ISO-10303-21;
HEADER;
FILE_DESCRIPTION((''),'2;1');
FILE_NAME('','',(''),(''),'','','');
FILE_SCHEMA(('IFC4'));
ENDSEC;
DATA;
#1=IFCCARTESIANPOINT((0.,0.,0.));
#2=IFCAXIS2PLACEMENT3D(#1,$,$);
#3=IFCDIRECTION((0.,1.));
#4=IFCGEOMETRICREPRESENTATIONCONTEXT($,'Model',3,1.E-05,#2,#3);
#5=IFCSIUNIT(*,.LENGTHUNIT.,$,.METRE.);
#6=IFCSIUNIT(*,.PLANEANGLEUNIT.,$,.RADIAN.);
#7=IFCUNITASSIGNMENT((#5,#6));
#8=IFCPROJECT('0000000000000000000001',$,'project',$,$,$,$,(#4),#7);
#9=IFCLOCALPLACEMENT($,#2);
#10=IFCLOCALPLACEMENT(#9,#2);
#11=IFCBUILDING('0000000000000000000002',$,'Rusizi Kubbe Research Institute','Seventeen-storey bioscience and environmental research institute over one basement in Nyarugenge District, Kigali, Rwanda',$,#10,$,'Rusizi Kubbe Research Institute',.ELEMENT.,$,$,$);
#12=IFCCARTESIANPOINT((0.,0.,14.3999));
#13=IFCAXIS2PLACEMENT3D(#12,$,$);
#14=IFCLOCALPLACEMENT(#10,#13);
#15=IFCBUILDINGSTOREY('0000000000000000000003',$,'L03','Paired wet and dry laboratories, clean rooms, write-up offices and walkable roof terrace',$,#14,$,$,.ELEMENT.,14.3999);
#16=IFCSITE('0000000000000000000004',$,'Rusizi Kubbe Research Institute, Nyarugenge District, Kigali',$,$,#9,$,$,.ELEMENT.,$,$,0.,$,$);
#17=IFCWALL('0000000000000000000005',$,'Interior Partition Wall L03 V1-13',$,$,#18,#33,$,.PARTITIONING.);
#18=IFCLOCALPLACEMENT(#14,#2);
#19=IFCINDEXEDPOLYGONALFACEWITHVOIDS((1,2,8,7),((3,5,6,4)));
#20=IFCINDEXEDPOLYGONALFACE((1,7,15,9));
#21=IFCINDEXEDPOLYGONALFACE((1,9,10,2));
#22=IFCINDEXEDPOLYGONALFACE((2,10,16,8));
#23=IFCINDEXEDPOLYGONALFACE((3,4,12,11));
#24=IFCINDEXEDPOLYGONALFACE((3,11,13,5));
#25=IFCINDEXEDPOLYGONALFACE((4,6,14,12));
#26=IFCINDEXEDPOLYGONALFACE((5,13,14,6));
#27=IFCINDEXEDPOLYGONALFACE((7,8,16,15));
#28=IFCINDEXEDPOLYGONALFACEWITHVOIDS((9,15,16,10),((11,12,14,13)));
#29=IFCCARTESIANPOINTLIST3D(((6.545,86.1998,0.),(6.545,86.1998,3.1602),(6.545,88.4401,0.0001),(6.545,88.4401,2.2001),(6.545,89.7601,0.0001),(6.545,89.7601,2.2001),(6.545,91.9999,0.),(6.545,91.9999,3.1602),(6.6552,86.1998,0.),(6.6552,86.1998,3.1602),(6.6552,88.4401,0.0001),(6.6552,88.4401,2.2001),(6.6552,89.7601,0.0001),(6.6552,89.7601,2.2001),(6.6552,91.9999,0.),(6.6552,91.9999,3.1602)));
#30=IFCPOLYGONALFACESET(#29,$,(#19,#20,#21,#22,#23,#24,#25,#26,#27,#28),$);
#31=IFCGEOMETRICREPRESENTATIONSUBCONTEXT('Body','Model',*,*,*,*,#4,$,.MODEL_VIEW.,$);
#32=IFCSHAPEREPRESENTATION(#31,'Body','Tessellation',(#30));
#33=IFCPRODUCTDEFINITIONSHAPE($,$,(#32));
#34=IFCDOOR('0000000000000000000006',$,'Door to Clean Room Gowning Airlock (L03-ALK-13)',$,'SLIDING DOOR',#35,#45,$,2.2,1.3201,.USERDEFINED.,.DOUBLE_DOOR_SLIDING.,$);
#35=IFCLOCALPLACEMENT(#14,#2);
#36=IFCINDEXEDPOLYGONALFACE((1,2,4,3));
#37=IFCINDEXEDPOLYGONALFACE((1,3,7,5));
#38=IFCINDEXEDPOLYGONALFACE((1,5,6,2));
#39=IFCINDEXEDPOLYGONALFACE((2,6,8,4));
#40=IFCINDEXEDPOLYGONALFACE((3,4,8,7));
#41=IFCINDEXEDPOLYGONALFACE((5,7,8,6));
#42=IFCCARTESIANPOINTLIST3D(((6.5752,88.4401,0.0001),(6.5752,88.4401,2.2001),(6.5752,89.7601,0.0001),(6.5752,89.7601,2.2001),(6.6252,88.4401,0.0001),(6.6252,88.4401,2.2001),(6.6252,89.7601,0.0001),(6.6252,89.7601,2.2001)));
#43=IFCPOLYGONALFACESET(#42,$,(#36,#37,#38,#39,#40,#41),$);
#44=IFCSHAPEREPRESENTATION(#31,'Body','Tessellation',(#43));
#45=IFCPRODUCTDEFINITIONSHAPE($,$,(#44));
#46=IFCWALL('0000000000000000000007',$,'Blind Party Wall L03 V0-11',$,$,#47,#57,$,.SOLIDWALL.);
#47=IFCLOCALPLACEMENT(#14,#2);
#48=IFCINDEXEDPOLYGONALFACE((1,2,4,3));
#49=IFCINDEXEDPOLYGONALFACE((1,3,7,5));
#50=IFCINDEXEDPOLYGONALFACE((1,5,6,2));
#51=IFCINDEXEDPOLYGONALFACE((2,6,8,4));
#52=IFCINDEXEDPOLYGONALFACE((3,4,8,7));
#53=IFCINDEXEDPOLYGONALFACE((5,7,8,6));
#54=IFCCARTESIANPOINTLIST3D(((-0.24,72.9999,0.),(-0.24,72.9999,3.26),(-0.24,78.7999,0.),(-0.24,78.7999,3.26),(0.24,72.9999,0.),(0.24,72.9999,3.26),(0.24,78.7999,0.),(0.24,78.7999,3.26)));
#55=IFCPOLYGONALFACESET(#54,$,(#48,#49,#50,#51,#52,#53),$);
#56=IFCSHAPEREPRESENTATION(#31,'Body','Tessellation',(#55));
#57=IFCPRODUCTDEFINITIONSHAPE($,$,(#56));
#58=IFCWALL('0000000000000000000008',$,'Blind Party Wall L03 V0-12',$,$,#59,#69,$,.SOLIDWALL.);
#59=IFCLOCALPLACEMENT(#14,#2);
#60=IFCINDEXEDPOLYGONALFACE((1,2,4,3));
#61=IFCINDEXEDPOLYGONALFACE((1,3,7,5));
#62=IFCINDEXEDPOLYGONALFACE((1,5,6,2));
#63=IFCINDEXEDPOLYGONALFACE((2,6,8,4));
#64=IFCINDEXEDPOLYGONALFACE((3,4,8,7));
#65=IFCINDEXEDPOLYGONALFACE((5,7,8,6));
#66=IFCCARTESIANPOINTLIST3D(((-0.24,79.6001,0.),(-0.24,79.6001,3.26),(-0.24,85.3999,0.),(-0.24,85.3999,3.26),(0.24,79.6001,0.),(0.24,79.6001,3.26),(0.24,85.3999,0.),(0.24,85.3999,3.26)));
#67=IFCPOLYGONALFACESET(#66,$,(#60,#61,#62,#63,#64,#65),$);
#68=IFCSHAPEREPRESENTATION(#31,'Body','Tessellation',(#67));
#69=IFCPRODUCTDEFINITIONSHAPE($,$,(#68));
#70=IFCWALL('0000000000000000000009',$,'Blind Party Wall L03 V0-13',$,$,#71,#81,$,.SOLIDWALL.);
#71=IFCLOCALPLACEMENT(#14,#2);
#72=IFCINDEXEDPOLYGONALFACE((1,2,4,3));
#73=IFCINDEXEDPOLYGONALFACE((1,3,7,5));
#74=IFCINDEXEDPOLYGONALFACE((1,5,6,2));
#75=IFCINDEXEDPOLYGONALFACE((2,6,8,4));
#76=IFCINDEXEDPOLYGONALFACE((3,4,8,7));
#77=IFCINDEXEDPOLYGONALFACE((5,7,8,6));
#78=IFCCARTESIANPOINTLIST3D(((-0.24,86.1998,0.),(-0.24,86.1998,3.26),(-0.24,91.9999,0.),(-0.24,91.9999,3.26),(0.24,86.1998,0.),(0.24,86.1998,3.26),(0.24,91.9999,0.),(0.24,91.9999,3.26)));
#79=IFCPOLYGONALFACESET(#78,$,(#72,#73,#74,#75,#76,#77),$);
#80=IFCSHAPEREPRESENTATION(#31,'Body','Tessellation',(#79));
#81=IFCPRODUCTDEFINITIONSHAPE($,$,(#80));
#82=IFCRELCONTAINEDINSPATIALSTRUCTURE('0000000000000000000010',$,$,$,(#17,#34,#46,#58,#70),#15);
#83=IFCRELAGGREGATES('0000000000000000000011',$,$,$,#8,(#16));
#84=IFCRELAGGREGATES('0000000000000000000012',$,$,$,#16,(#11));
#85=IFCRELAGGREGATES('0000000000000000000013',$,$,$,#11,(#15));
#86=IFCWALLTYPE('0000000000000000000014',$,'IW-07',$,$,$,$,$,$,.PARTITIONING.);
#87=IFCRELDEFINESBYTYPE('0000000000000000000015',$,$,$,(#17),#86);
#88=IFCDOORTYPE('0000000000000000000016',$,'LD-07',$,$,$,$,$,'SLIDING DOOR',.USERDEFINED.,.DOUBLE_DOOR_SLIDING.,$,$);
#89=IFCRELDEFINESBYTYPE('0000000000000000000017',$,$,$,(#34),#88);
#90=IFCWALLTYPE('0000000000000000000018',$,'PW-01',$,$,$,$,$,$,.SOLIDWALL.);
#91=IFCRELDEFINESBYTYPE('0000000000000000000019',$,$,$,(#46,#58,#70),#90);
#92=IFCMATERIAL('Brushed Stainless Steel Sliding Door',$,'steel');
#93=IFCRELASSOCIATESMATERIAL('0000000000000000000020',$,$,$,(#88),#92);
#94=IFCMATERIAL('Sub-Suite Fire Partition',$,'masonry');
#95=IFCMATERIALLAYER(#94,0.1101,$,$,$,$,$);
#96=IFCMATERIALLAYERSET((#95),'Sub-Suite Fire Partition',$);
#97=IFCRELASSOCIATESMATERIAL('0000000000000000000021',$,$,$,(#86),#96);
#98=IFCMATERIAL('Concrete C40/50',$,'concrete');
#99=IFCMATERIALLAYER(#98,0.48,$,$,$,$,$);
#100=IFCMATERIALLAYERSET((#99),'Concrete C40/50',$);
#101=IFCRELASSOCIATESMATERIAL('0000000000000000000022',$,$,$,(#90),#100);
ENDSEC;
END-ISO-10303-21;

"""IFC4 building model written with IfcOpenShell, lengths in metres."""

from ifc_helpers import new_model, si_unit, direction, frame, frame_2d, origin, place, context, subcontext, project, spatial, rectangle, extrude, material, layer, layer_set, type_object, element, fill, save


model = new_model("IFC4")

# Units and contexts
model_context = context("Model", 3, precision=1e-05, world=origin(), true_north=direction((0.0, 1.0)))
body_context = subcontext(model_context, "Body", "Model", "MODEL_VIEW")
ifc_project = project(units=[si_unit("LENGTHUNIT", "METRE"), si_unit("PLANEANGLEUNIT", "RADIAN")], contexts=[model_context])

# Site, building, storey
site_placement = place(None, origin())
site = spatial("IfcSite", under=ifc_project, at=site_placement, Name="Rusizi Kubbe Research Institute, Nyarugenge District, Kigali", CompositionType="ELEMENT", RefElevation=0.0)
building_placement = place(site_placement, origin())
building = spatial("IfcBuilding", under=site, at=building_placement, Name="Rusizi Kubbe Research Institute", Description="Seventeen-storey bioscience and environmental research institute over one basement in Nyarugenge District, Kigali, Rwanda", LongName="Rusizi Kubbe Research Institute", CompositionType="ELEMENT")
storey_placement = place(building_placement, frame((0.0, 0.0, 14.3999)))
storey = spatial("IfcBuildingStorey", under=building, at=storey_placement, Name="L03", Description="Paired wet and dry laboratories, clean rooms, write-up offices and walkable roof terrace", CompositionType="ELEMENT", Elevation=14.3999)

# Shared definitions
ifc_material_1 = material(Name="Brushed Stainless Steel Sliding Door", Category="steel")
door_type_1 = type_object("IfcDoorType", Name="LD-07", ElementType="SLIDING DOOR", OperationType="DOUBLE_DOOR_SLIDING", PredefinedType="USERDEFINED", material=ifc_material_1)

# Shared definitions
ifc_material_2 = material(Name="Sub-Suite Fire Partition", Category="masonry")
ifc_layer_1 = layer(ifc_material_2, 0.1101)
ifc_layer_set_1 = layer_set([ifc_layer_1], Name="Sub-Suite Fire Partition")
wall_type_1 = type_object("IfcWallType", Name="IW-07", PredefinedType="PARTITIONING", material=ifc_layer_set_1)

# Wall, opening, door
wall_1_placement = place(storey_placement, frame((6.6001, 86.2, 0.0), z_axis=(0.0, 0.0, 1.0), x_axis=(0.0, 1.0, 0.0)))
wall_1 = element("IfcWall", 1, at=wall_1_placement, inside=storey, type_object=wall_type_1, Name="Interior Partition Wall L03 V1-13", PredefinedType="PARTITIONING", context=body_context, shape_type="SweptSolid", body=[
    extrude(rectangle(XDim=5.8, YDim=0.1101, at=frame_2d((2.8999, 0.0))), origin(), (0.0, 0.0, 1.0), 3.1602),
])
opening_1_placement = place(wall_1_placement, frame((2.24, 0.0, 0.0)))
opening_1 = element("IfcOpeningElement", 2, at=opening_1_placement, cuts=wall_1, PredefinedType="OPENING", context=body_context, shape_type="SweptSolid", body=[
    extrude(rectangle(XDim=1.3201, YDim=2.2, at=frame_2d((0.6602, 1.1001))), frame((0.0, 0.0649, 0.0), z_axis=(0.0, -1.0, 0.0), x_axis=(1.0, 0.0, 0.0)), (0.0, 0.0, 1.0), 0.1301),
])
door_1_placement = place(opening_1_placement, origin())
door_1 = element("IfcDoor", 3, at=door_1_placement, inside=storey, type_object=door_type_1, Name="Door to Clean Room Gowning Airlock (L03-ALK-13)", ObjectType="SLIDING DOOR", OperationType="DOUBLE_DOOR_SLIDING", OverallHeight=2.2, OverallWidth=1.3201, PredefinedType="USERDEFINED", context=body_context, shape_type="SweptSolid", body=[
    extrude(rectangle(XDim=1.3201, YDim=2.2, at=frame_2d((0.6602, 1.1001))), frame((0.0, 0.0249, 0.0), z_axis=(0.0, -1.0, 0.0), x_axis=(1.0, 0.0, 0.0)), (0.0, 0.0, 1.0), 0.05),
])
fill(opening_1, door_1)

# Walls
ifc_material_3 = material(Name="Concrete C40/50", Category="concrete")
ifc_layer_2 = layer(ifc_material_3, 0.48)
ifc_layer_set_2 = layer_set([ifc_layer_2], Name="Concrete C40/50")
wall_type_2 = type_object("IfcWallType", Name="PW-01", PredefinedType="SOLIDWALL", material=ifc_layer_set_2)
wall_2_placement = place(storey_placement, frame((0.0, 73.0, 0.0), z_axis=(0.0, 0.0, 1.0), x_axis=(0.0, 1.0, 0.0)))
element("IfcWall", 4, at=wall_2_placement, inside=storey, type_object=wall_type_2, Name="Blind Party Wall L03 V0-11", PredefinedType="SOLIDWALL", context=body_context, shape_type="SweptSolid", body=[
    extrude(rectangle(XDim=5.8, YDim=0.48, at=frame_2d((2.8999, 0.0))), origin(), (0.0, 0.0, 1.0), 3.26),
])
wall_3_placement = place(storey_placement, frame((0.0, 79.6001, 0.0), z_axis=(0.0, 0.0, 1.0), x_axis=(0.0, 1.0, 0.0)))
element("IfcWall", 5, at=wall_3_placement, inside=storey, type_object=wall_type_2, Name="Blind Party Wall L03 V0-12", PredefinedType="SOLIDWALL", context=body_context, shape_type="SweptSolid", body=[
    extrude(rectangle(XDim=5.7998, YDim=0.48, at=frame_2d((2.8999, 0.0))), origin(), (0.0, 0.0, 1.0), 3.26),
])
wall_4_placement = place(storey_placement, frame((0.0, 86.2, 0.0), z_axis=(0.0, 0.0, 1.0), x_axis=(0.0, 1.0, 0.0)))
element("IfcWall", 6, at=wall_4_placement, inside=storey, type_object=wall_type_2, Name="Blind Party Wall L03 V0-13", PredefinedType="SOLIDWALL", context=body_context, shape_type="SweptSolid", body=[
    extrude(rectangle(XDim=5.8, YDim=0.48, at=frame_2d((2.8999, 0.0))), origin(), (0.0, 0.0, 1.0), 3.26),
])

save(model, "model.ifc")
